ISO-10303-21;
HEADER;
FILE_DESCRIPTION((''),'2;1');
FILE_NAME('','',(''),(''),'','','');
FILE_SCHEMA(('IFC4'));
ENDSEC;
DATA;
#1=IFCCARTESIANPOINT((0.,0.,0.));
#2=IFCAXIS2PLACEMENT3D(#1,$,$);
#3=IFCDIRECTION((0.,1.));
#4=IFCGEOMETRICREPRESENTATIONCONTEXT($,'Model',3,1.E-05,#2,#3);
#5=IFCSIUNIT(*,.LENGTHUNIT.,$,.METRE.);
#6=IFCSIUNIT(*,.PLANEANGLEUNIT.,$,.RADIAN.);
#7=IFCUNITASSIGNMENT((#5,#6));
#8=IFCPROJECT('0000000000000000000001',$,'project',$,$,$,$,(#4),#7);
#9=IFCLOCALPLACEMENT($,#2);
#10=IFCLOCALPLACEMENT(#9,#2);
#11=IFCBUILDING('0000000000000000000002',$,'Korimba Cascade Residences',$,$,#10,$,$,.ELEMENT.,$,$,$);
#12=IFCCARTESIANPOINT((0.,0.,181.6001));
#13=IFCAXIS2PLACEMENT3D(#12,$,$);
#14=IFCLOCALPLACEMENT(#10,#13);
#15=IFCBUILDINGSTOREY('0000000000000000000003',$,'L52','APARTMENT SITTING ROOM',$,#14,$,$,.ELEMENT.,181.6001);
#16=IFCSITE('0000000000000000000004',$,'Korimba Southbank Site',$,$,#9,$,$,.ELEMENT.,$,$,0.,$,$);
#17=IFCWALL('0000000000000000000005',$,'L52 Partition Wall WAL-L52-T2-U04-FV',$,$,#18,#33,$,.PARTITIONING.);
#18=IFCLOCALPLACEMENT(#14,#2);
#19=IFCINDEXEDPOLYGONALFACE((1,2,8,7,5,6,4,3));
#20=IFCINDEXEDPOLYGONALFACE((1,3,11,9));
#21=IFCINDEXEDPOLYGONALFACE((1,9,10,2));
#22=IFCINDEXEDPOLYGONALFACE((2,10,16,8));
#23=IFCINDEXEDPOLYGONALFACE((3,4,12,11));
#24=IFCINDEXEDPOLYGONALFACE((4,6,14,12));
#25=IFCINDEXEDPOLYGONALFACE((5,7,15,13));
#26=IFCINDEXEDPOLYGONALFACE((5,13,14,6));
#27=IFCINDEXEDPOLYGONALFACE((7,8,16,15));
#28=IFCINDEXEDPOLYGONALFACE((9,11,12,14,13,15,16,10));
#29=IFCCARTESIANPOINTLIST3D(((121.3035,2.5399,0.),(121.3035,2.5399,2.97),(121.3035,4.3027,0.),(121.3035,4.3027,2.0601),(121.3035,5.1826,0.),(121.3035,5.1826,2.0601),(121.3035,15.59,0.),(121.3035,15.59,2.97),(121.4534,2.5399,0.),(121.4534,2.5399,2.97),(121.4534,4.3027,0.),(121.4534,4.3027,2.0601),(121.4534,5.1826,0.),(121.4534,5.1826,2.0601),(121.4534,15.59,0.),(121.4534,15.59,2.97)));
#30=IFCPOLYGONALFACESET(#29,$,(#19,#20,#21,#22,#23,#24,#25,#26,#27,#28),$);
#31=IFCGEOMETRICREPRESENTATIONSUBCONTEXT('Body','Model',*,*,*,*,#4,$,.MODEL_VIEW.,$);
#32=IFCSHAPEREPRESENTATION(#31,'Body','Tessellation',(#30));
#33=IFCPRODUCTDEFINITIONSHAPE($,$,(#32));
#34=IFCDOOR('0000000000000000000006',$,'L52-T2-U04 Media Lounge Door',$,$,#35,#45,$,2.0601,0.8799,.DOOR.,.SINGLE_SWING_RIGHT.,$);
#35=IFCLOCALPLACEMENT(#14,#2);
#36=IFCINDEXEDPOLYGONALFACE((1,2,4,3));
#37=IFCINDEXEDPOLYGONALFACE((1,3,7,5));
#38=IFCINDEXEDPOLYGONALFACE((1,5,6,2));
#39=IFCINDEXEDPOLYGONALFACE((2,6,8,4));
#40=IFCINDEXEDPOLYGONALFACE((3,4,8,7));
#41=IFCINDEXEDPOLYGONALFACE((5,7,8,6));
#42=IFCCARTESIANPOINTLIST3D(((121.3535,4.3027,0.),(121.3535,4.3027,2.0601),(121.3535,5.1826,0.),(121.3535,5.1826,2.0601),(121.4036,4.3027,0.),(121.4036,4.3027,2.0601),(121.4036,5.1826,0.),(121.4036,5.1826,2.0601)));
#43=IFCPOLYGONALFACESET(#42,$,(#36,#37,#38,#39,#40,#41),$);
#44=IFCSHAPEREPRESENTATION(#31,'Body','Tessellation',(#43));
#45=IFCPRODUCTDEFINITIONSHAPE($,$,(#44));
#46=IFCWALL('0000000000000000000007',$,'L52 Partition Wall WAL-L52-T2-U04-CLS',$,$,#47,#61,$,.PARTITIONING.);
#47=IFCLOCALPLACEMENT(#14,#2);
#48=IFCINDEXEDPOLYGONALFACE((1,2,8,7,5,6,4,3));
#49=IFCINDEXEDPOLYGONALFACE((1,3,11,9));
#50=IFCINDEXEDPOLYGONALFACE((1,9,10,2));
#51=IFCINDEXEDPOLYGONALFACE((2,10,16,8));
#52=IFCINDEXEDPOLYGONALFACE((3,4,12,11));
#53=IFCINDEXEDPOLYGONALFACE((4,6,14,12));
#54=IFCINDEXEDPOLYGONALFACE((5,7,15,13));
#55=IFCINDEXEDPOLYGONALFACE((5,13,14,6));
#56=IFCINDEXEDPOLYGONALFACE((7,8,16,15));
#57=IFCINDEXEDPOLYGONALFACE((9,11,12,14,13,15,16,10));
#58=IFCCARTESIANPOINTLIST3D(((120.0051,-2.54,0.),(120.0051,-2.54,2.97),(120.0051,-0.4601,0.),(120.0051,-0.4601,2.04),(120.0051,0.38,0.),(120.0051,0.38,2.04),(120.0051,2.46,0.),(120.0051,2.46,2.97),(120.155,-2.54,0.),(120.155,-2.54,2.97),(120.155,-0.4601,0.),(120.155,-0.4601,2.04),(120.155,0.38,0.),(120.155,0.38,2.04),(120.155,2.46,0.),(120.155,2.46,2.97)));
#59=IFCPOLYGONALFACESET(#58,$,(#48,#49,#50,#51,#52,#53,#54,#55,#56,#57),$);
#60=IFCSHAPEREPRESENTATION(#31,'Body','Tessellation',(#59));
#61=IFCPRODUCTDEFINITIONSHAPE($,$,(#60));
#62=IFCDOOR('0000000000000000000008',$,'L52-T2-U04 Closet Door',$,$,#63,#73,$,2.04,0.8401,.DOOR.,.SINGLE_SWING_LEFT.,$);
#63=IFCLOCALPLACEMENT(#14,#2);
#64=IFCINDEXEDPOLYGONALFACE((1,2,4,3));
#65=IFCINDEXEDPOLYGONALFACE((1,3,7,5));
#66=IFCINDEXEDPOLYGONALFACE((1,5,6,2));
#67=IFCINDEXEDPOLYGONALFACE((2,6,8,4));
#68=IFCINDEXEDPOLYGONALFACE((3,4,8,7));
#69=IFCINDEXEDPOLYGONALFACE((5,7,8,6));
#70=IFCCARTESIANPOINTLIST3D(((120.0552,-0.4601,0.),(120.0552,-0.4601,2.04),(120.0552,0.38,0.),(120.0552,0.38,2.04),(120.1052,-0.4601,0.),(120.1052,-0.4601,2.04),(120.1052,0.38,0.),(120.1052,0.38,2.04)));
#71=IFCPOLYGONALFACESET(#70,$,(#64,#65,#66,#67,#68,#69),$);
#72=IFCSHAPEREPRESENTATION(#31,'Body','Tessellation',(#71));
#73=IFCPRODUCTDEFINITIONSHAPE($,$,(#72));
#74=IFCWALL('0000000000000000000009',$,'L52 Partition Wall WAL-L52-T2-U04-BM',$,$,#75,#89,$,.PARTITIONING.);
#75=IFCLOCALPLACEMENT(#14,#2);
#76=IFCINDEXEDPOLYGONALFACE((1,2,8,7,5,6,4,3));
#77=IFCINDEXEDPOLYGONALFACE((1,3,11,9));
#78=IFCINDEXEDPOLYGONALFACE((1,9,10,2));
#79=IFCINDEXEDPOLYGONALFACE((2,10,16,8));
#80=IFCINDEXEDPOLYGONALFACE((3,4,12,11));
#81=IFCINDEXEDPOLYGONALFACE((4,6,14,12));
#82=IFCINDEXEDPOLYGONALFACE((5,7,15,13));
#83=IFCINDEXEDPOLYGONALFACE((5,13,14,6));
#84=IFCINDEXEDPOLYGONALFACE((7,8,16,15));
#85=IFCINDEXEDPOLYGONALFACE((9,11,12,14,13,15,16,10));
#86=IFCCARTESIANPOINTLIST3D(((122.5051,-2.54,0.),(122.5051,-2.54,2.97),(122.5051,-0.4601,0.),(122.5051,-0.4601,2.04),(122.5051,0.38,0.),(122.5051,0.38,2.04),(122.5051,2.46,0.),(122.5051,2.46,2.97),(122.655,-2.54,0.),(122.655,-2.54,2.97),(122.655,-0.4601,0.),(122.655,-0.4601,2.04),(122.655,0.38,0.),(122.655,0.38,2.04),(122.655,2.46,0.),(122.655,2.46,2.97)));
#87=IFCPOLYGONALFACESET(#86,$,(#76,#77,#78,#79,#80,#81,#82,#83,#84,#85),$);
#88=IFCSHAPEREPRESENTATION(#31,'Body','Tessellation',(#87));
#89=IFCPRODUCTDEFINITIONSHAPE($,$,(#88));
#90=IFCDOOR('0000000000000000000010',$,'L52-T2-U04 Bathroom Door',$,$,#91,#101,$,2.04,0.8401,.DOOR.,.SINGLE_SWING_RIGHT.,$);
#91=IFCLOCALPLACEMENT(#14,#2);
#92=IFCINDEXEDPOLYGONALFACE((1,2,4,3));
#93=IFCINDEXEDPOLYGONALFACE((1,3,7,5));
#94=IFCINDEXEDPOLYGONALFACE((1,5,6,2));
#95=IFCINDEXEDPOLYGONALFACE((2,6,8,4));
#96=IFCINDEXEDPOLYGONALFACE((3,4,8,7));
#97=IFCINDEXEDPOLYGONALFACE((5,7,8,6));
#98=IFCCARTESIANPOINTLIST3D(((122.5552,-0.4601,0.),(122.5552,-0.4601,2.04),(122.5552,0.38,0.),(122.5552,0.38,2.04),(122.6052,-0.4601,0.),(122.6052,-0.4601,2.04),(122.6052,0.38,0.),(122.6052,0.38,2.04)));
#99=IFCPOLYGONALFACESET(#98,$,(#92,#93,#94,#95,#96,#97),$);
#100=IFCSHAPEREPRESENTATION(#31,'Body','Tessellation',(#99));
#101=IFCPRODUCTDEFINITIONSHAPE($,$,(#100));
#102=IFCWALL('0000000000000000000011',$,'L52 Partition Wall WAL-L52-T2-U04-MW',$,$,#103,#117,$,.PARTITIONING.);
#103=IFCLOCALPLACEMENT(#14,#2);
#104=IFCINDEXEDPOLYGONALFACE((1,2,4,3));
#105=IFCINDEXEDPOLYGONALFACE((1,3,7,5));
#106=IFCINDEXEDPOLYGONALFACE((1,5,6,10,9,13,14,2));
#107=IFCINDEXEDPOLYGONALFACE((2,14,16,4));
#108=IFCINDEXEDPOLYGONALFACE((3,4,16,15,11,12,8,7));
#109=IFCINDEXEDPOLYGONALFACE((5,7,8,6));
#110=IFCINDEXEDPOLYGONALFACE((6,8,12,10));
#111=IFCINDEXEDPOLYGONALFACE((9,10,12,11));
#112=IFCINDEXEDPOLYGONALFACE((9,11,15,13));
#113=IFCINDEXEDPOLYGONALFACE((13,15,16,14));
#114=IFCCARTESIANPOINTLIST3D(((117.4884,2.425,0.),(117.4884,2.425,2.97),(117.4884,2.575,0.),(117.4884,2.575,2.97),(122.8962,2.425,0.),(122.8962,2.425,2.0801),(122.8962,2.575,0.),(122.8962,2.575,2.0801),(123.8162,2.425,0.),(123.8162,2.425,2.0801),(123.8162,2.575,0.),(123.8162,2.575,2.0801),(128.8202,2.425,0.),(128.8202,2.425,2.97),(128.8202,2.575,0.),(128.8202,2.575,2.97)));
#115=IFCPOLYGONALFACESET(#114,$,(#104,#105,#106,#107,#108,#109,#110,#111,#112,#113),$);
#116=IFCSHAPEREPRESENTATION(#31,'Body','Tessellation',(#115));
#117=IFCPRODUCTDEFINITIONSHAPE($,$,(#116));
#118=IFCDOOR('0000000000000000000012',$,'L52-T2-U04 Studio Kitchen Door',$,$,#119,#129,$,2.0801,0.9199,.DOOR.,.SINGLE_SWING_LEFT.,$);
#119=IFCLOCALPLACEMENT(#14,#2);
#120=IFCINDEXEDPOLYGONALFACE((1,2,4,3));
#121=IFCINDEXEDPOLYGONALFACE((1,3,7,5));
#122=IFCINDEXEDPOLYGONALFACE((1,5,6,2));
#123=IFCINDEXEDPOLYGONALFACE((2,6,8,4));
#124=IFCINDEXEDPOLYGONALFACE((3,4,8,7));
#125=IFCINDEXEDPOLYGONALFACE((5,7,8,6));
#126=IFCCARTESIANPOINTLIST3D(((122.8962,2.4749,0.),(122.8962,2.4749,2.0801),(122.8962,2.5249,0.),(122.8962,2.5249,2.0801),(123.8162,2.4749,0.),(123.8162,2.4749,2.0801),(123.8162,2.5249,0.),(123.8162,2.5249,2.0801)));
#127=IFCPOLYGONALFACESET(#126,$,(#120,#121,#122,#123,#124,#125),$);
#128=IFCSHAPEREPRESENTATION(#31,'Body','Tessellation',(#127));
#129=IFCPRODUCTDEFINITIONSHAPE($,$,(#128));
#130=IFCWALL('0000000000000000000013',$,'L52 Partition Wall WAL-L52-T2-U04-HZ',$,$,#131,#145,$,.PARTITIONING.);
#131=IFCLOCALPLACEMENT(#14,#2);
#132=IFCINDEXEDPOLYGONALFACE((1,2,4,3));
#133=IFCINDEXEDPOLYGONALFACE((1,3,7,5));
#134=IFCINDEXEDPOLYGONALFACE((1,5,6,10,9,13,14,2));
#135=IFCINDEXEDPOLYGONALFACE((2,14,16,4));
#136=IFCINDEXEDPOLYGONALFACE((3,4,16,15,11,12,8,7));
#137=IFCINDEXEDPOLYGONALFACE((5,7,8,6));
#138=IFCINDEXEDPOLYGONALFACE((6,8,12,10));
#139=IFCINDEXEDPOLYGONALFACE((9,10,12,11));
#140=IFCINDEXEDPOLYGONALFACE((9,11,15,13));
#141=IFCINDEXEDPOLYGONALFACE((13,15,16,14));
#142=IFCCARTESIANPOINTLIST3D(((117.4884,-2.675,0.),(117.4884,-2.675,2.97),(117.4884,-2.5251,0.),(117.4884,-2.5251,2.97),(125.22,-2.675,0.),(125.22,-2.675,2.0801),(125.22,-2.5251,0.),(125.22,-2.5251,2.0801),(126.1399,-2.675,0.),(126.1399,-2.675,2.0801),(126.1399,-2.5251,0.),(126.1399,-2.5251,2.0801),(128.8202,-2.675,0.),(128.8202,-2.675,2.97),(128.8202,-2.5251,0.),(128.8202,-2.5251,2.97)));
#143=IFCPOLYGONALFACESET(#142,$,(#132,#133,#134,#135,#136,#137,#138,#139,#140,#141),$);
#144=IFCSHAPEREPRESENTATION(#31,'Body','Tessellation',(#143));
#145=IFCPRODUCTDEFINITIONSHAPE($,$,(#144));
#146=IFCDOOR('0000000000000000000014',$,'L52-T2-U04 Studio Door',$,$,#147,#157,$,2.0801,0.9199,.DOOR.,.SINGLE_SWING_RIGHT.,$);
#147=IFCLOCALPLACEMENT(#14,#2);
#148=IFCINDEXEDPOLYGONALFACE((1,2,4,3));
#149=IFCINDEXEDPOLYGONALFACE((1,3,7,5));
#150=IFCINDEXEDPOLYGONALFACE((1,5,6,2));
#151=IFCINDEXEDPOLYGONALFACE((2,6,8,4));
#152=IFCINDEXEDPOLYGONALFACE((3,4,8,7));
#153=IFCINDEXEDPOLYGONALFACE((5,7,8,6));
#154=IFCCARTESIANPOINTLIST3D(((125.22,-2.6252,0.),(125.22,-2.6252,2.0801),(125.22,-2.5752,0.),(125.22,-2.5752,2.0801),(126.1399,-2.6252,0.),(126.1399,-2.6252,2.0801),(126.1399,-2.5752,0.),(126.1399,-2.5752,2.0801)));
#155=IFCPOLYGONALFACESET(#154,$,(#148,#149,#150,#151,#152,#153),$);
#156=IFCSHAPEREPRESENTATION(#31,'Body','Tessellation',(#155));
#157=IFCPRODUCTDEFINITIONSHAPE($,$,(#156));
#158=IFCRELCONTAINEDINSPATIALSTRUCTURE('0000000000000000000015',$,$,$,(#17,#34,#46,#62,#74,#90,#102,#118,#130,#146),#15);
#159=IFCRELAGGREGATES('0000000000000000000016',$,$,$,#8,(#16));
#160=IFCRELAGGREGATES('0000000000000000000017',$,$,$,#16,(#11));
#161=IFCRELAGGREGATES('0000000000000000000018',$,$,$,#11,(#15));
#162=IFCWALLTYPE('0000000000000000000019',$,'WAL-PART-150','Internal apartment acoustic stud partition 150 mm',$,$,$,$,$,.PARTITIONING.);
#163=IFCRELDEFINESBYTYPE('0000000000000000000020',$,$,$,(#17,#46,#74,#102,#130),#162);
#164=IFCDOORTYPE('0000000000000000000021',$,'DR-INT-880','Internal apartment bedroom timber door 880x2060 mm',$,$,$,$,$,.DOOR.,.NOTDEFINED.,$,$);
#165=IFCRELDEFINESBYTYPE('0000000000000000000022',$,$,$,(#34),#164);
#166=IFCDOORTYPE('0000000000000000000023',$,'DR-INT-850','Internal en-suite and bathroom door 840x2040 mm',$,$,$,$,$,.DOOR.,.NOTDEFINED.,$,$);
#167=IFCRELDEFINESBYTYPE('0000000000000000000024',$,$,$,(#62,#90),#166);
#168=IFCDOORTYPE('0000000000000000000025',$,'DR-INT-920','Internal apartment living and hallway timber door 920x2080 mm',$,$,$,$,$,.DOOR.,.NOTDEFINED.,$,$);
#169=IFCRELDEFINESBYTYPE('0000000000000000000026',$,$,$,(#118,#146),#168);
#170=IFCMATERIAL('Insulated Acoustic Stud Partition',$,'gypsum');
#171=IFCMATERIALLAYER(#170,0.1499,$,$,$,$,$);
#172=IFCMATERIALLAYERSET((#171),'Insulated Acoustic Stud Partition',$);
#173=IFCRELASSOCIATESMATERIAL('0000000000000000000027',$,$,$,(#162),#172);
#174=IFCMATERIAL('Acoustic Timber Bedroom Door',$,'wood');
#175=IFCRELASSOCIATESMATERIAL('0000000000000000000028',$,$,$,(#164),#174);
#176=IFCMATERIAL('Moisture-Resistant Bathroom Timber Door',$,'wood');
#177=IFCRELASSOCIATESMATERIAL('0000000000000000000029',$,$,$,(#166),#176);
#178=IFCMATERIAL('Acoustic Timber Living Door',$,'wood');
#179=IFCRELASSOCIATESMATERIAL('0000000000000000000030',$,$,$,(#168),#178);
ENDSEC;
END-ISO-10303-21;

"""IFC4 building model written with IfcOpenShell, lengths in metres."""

from ifc_helpers import new_model, si_unit, direction, frame, frame_2d, origin, place, context, subcontext, project, spatial, rectangle, extrude, material, layer, layer_set, type_object, element, fill, save


model = new_model("IFC4")

# Units and contexts
model_context = context("Model", 3, precision=1e-05, world=origin(), true_north=direction((0.0, 1.0)))
body_context = subcontext(model_context, "Body", "Model", "MODEL_VIEW")
ifc_project = project(units=[si_unit("LENGTHUNIT", "METRE"), si_unit("PLANEANGLEUNIT", "RADIAN")], contexts=[model_context])

# Site, building, storey
site_placement = place(None, origin())
site = spatial("IfcSite", under=ifc_project, at=site_placement, Name="Korimba Southbank Site", CompositionType="ELEMENT", RefElevation=0.0)
building_placement = place(site_placement, origin())
building = spatial("IfcBuilding", under=site, at=building_placement, Name="Korimba Cascade Residences", CompositionType="ELEMENT")
storey_placement = place(building_placement, frame((0.0, 0.0, 181.6001)))
storey = spatial("IfcBuildingStorey", under=building, at=storey_placement, Name="L52", Description="APARTMENT SITTING ROOM", CompositionType="ELEMENT", Elevation=181.6001)

# Walls, openings, doors
ifc_material_1 = material(Name="Insulated Acoustic Stud Partition", Category="gypsum")
ifc_layer_1 = layer(ifc_material_1, 0.1499)
ifc_layer_set_1 = layer_set([ifc_layer_1], Name="Insulated Acoustic Stud Partition")
wall_type_1 = type_object("IfcWallType", Name="WAL-PART-150", Description="Internal apartment acoustic stud partition 150 mm", PredefinedType="PARTITIONING", material=ifc_layer_set_1)
wall_1_placement = place(storey_placement, frame((121.3784, 2.54, 0.0), z_axis=(0.0, 0.0, 1.0), x_axis=(0.0, 1.0, 0.0)))
wall_1 = element("IfcWall", 1, at=wall_1_placement, inside=storey, type_object=wall_type_1, Name="L52 Partition Wall WAL-L52-T2-U04-FV", PredefinedType="PARTITIONING", context=body_context, shape_type="SweptSolid", body=[
    extrude(rectangle(XDim=13.05, YDim=0.1499, at=frame_2d((6.5249, 0.0))), origin(), (0.0, 0.0, 1.0), 2.97),
])
opening_1_placement = place(wall_1_placement, frame((1.7627, 0.0, 0.0)))
opening_1 = element("IfcOpeningElement", 2, at=opening_1_placement, cuts=wall_1, PredefinedType="OPENING", context=body_context, shape_type="SweptSolid", body=[
    extrude(rectangle(XDim=0.8799, YDim=2.0601, at=frame_2d((0.4399, 1.03))), frame((0.0, 0.085, 0.0), z_axis=(0.0, -1.0, 0.0), x_axis=(1.0, 0.0, 0.0)), (0.0, 0.0, 1.0), 0.1699),
])
ifc_material_2 = material(Name="Acoustic Timber Bedroom Door", Category="wood")
door_type_1 = type_object("IfcDoorType", Name="DR-INT-880", Description="Internal apartment bedroom timber door 880x2060 mm", OperationType="NOTDEFINED", PredefinedType="DOOR", material=ifc_material_2)
door_1_placement = place(opening_1_placement, origin())
door_1 = element("IfcDoor", 3, at=door_1_placement, inside=storey, type_object=door_type_1, Name="L52-T2-U04 Media Lounge Door", OperationType="SINGLE_SWING_RIGHT", OverallHeight=2.0601, OverallWidth=0.8799, PredefinedType="DOOR", context=body_context, shape_type="SweptSolid", body=[
    extrude(rectangle(XDim=0.8799, YDim=2.0601, at=frame_2d((0.4399, 1.03))), frame((0.0, 0.0249, 0.0), z_axis=(0.0, -1.0, 0.0), x_axis=(1.0, 0.0, 0.0)), (0.0, 0.0, 1.0), 0.05),
])
fill(opening_1, door_1)
wall_2_placement = place(storey_placement, frame((120.0801, -2.54, 0.0), z_axis=(0.0, 0.0, 1.0), x_axis=(0.0, 1.0, 0.0)))
wall_2 = element("IfcWall", 4, at=wall_2_placement, inside=storey, type_object=wall_type_1, Name="L52 Partition Wall WAL-L52-T2-U04-CLS", PredefinedType="PARTITIONING", context=body_context, shape_type="SweptSolid", body=[
    extrude(rectangle(XDim=5.0, YDim=0.1499, at=frame_2d((2.5, 0.0))), origin(), (0.0, 0.0, 1.0), 2.97),
])
opening_2_placement = place(wall_2_placement, frame((2.0801, 0.0, 0.0)))
opening_2 = element("IfcOpeningElement", 5, at=opening_2_placement, cuts=wall_2, PredefinedType="OPENING", context=body_context, shape_type="SweptSolid", body=[
    extrude(rectangle(XDim=0.8401, YDim=2.04, at=frame_2d((0.4199, 1.02))), frame((0.0, 0.085, 0.0), z_axis=(0.0, -1.0, 0.0), x_axis=(1.0, 0.0, 0.0)), (0.0, 0.0, 1.0), 0.1699),
])
ifc_material_3 = material(Name="Moisture-Resistant Bathroom Timber Door", Category="wood")
door_type_2 = type_object("IfcDoorType", Name="DR-INT-850", Description="Internal en-suite and bathroom door 840x2040 mm", OperationType="NOTDEFINED", PredefinedType="DOOR", material=ifc_material_3)
door_2_placement = place(opening_2_placement, origin())
door_2 = element("IfcDoor", 6, at=door_2_placement, inside=storey, type_object=door_type_2, Name="L52-T2-U04 Closet Door", OperationType="SINGLE_SWING_LEFT", OverallHeight=2.04, OverallWidth=0.8401, PredefinedType="DOOR", context=body_context, shape_type="SweptSolid", body=[
    extrude(rectangle(XDim=0.8401, YDim=2.04, at=frame_2d((0.4199, 1.02))), frame((0.0, 0.0249, 0.0), z_axis=(0.0, -1.0, 0.0), x_axis=(1.0, 0.0, 0.0)), (0.0, 0.0, 1.0), 0.05),
])
fill(opening_2, door_2)
wall_3_placement = place(storey_placement, frame((122.5801, -2.54, 0.0), z_axis=(0.0, 0.0, 1.0), x_axis=(0.0, 1.0, 0.0)))
wall_3 = element("IfcWall", 7, at=wall_3_placement, inside=storey, type_object=wall_type_1, Name="L52 Partition Wall WAL-L52-T2-U04-BM", PredefinedType="PARTITIONING", context=body_context, shape_type="SweptSolid", body=[
    extrude(rectangle(XDim=5.0, YDim=0.1499, at=frame_2d((2.5, 0.0))), origin(), (0.0, 0.0, 1.0), 2.97),
])
opening_3_placement = place(wall_3_placement, frame((2.0801, 0.0, 0.0)))
opening_3 = element("IfcOpeningElement", 8, at=opening_3_placement, cuts=wall_3, PredefinedType="OPENING", context=body_context, shape_type="SweptSolid", body=[
    extrude(rectangle(XDim=0.8401, YDim=2.04, at=frame_2d((0.4199, 1.02))), frame((0.0, 0.085, 0.0), z_axis=(0.0, -1.0, 0.0), x_axis=(1.0, 0.0, 0.0)), (0.0, 0.0, 1.0), 0.1699),
])
door_3_placement = place(opening_3_placement, origin())
door_3 = element("IfcDoor", 9, at=door_3_placement, inside=storey, type_object=door_type_2, Name="L52-T2-U04 Bathroom Door", OperationType="SINGLE_SWING_RIGHT", OverallHeight=2.04, OverallWidth=0.8401, PredefinedType="DOOR", context=body_context, shape_type="SweptSolid", body=[
    extrude(rectangle(XDim=0.8401, YDim=2.04, at=frame_2d((0.4199, 1.02))), frame((0.0, 0.0249, 0.0), z_axis=(0.0, -1.0, 0.0), x_axis=(1.0, 0.0, 0.0)), (0.0, 0.0, 1.0), 0.05),
])
fill(opening_3, door_3)
wall_4_placement = place(storey_placement, frame((117.4883, 2.5, 0.0), z_axis=(0.0, 0.0, 1.0), x_axis=(1.0, 0.0, 0.0)))
wall_4 = element("IfcWall", 10, at=wall_4_placement, inside=storey, type_object=wall_type_1, Name="L52 Partition Wall WAL-L52-T2-U04-MW", PredefinedType="PARTITIONING", context=body_context, shape_type="SweptSolid", body=[
    extrude(rectangle(XDim=11.3318, YDim=0.1499, at=frame_2d((5.666, 0.0))), origin(), (0.0, 0.0, 1.0), 2.97),
])
opening_4_placement = place(wall_4_placement, frame((5.408, 0.0, 0.0)))
opening_4 = element("IfcOpeningElement", 11, at=opening_4_placement, cuts=wall_4, PredefinedType="OPENING", context=body_context, shape_type="SweptSolid", body=[
    extrude(rectangle(XDim=0.9199, YDim=2.0801, at=frame_2d((0.46, 1.04))), frame((0.0, 0.085, 0.0), z_axis=(0.0, -1.0, 0.0), x_axis=(1.0, 0.0, 0.0)), (0.0, 0.0, 1.0), 0.1699),
])
ifc_material_4 = material(Name="Acoustic Timber Living Door", Category="wood")
door_type_3 = type_object("IfcDoorType", Name="DR-INT-920", Description="Internal apartment living and hallway timber door 920x2080 mm", OperationType="NOTDEFINED", PredefinedType="DOOR", material=ifc_material_4)
door_4_placement = place(opening_4_placement, origin())
door_4 = element("IfcDoor", 12, at=door_4_placement, inside=storey, type_object=door_type_3, Name="L52-T2-U04 Studio Kitchen Door", OperationType="SINGLE_SWING_LEFT", OverallHeight=2.0801, OverallWidth=0.9199, PredefinedType="DOOR", context=body_context, shape_type="SweptSolid", body=[
    extrude(rectangle(XDim=0.9199, YDim=2.0801, at=frame_2d((0.46, 1.04))), frame((0.0, 0.0249, 0.0), z_axis=(0.0, -1.0, 0.0), x_axis=(1.0, 0.0, 0.0)), (0.0, 0.0, 1.0), 0.05),
])
fill(opening_4, door_4)
wall_5_placement = place(storey_placement, frame((117.4883, -2.6001, 0.0), z_axis=(0.0, 0.0, 1.0), x_axis=(1.0, 0.0, 0.0)))
wall_5 = element("IfcWall", 13, at=wall_5_placement, inside=storey, type_object=wall_type_1, Name="L52 Partition Wall WAL-L52-T2-U04-HZ", PredefinedType="PARTITIONING", context=body_context, shape_type="SweptSolid", body=[
    extrude(rectangle(XDim=11.3318, YDim=0.1499, at=frame_2d((5.666, 0.0))), origin(), (0.0, 0.0, 1.0), 2.97),
])
opening_5_placement = place(wall_5_placement, frame((7.7317, 0.0, 0.0)))
opening_5 = element("IfcOpeningElement", 14, at=opening_5_placement, cuts=wall_5, PredefinedType="OPENING", context=body_context, shape_type="SweptSolid", body=[
    extrude(rectangle(XDim=0.9199, YDim=2.0801, at=frame_2d((0.46, 1.04))), frame((0.0, 0.085, 0.0), z_axis=(0.0, -1.0, 0.0), x_axis=(1.0, 0.0, 0.0)), (0.0, 0.0, 1.0), 0.1699),
])
door_5_placement = place(opening_5_placement, origin())
door_5 = element("IfcDoor", 15, at=door_5_placement, inside=storey, type_object=door_type_3, Name="L52-T2-U04 Studio Door", OperationType="SINGLE_SWING_RIGHT", OverallHeight=2.0801, OverallWidth=0.9199, PredefinedType="DOOR", context=body_context, shape_type="SweptSolid", body=[
    extrude(rectangle(XDim=0.9199, YDim=2.0801, at=frame_2d((0.46, 1.04))), frame((0.0, 0.0249, 0.0), z_axis=(0.0, -1.0, 0.0), x_axis=(1.0, 0.0, 0.0)), (0.0, 0.0, 1.0), 0.05),
])
fill(opening_5, door_5)

save(model, "model.ifc")
